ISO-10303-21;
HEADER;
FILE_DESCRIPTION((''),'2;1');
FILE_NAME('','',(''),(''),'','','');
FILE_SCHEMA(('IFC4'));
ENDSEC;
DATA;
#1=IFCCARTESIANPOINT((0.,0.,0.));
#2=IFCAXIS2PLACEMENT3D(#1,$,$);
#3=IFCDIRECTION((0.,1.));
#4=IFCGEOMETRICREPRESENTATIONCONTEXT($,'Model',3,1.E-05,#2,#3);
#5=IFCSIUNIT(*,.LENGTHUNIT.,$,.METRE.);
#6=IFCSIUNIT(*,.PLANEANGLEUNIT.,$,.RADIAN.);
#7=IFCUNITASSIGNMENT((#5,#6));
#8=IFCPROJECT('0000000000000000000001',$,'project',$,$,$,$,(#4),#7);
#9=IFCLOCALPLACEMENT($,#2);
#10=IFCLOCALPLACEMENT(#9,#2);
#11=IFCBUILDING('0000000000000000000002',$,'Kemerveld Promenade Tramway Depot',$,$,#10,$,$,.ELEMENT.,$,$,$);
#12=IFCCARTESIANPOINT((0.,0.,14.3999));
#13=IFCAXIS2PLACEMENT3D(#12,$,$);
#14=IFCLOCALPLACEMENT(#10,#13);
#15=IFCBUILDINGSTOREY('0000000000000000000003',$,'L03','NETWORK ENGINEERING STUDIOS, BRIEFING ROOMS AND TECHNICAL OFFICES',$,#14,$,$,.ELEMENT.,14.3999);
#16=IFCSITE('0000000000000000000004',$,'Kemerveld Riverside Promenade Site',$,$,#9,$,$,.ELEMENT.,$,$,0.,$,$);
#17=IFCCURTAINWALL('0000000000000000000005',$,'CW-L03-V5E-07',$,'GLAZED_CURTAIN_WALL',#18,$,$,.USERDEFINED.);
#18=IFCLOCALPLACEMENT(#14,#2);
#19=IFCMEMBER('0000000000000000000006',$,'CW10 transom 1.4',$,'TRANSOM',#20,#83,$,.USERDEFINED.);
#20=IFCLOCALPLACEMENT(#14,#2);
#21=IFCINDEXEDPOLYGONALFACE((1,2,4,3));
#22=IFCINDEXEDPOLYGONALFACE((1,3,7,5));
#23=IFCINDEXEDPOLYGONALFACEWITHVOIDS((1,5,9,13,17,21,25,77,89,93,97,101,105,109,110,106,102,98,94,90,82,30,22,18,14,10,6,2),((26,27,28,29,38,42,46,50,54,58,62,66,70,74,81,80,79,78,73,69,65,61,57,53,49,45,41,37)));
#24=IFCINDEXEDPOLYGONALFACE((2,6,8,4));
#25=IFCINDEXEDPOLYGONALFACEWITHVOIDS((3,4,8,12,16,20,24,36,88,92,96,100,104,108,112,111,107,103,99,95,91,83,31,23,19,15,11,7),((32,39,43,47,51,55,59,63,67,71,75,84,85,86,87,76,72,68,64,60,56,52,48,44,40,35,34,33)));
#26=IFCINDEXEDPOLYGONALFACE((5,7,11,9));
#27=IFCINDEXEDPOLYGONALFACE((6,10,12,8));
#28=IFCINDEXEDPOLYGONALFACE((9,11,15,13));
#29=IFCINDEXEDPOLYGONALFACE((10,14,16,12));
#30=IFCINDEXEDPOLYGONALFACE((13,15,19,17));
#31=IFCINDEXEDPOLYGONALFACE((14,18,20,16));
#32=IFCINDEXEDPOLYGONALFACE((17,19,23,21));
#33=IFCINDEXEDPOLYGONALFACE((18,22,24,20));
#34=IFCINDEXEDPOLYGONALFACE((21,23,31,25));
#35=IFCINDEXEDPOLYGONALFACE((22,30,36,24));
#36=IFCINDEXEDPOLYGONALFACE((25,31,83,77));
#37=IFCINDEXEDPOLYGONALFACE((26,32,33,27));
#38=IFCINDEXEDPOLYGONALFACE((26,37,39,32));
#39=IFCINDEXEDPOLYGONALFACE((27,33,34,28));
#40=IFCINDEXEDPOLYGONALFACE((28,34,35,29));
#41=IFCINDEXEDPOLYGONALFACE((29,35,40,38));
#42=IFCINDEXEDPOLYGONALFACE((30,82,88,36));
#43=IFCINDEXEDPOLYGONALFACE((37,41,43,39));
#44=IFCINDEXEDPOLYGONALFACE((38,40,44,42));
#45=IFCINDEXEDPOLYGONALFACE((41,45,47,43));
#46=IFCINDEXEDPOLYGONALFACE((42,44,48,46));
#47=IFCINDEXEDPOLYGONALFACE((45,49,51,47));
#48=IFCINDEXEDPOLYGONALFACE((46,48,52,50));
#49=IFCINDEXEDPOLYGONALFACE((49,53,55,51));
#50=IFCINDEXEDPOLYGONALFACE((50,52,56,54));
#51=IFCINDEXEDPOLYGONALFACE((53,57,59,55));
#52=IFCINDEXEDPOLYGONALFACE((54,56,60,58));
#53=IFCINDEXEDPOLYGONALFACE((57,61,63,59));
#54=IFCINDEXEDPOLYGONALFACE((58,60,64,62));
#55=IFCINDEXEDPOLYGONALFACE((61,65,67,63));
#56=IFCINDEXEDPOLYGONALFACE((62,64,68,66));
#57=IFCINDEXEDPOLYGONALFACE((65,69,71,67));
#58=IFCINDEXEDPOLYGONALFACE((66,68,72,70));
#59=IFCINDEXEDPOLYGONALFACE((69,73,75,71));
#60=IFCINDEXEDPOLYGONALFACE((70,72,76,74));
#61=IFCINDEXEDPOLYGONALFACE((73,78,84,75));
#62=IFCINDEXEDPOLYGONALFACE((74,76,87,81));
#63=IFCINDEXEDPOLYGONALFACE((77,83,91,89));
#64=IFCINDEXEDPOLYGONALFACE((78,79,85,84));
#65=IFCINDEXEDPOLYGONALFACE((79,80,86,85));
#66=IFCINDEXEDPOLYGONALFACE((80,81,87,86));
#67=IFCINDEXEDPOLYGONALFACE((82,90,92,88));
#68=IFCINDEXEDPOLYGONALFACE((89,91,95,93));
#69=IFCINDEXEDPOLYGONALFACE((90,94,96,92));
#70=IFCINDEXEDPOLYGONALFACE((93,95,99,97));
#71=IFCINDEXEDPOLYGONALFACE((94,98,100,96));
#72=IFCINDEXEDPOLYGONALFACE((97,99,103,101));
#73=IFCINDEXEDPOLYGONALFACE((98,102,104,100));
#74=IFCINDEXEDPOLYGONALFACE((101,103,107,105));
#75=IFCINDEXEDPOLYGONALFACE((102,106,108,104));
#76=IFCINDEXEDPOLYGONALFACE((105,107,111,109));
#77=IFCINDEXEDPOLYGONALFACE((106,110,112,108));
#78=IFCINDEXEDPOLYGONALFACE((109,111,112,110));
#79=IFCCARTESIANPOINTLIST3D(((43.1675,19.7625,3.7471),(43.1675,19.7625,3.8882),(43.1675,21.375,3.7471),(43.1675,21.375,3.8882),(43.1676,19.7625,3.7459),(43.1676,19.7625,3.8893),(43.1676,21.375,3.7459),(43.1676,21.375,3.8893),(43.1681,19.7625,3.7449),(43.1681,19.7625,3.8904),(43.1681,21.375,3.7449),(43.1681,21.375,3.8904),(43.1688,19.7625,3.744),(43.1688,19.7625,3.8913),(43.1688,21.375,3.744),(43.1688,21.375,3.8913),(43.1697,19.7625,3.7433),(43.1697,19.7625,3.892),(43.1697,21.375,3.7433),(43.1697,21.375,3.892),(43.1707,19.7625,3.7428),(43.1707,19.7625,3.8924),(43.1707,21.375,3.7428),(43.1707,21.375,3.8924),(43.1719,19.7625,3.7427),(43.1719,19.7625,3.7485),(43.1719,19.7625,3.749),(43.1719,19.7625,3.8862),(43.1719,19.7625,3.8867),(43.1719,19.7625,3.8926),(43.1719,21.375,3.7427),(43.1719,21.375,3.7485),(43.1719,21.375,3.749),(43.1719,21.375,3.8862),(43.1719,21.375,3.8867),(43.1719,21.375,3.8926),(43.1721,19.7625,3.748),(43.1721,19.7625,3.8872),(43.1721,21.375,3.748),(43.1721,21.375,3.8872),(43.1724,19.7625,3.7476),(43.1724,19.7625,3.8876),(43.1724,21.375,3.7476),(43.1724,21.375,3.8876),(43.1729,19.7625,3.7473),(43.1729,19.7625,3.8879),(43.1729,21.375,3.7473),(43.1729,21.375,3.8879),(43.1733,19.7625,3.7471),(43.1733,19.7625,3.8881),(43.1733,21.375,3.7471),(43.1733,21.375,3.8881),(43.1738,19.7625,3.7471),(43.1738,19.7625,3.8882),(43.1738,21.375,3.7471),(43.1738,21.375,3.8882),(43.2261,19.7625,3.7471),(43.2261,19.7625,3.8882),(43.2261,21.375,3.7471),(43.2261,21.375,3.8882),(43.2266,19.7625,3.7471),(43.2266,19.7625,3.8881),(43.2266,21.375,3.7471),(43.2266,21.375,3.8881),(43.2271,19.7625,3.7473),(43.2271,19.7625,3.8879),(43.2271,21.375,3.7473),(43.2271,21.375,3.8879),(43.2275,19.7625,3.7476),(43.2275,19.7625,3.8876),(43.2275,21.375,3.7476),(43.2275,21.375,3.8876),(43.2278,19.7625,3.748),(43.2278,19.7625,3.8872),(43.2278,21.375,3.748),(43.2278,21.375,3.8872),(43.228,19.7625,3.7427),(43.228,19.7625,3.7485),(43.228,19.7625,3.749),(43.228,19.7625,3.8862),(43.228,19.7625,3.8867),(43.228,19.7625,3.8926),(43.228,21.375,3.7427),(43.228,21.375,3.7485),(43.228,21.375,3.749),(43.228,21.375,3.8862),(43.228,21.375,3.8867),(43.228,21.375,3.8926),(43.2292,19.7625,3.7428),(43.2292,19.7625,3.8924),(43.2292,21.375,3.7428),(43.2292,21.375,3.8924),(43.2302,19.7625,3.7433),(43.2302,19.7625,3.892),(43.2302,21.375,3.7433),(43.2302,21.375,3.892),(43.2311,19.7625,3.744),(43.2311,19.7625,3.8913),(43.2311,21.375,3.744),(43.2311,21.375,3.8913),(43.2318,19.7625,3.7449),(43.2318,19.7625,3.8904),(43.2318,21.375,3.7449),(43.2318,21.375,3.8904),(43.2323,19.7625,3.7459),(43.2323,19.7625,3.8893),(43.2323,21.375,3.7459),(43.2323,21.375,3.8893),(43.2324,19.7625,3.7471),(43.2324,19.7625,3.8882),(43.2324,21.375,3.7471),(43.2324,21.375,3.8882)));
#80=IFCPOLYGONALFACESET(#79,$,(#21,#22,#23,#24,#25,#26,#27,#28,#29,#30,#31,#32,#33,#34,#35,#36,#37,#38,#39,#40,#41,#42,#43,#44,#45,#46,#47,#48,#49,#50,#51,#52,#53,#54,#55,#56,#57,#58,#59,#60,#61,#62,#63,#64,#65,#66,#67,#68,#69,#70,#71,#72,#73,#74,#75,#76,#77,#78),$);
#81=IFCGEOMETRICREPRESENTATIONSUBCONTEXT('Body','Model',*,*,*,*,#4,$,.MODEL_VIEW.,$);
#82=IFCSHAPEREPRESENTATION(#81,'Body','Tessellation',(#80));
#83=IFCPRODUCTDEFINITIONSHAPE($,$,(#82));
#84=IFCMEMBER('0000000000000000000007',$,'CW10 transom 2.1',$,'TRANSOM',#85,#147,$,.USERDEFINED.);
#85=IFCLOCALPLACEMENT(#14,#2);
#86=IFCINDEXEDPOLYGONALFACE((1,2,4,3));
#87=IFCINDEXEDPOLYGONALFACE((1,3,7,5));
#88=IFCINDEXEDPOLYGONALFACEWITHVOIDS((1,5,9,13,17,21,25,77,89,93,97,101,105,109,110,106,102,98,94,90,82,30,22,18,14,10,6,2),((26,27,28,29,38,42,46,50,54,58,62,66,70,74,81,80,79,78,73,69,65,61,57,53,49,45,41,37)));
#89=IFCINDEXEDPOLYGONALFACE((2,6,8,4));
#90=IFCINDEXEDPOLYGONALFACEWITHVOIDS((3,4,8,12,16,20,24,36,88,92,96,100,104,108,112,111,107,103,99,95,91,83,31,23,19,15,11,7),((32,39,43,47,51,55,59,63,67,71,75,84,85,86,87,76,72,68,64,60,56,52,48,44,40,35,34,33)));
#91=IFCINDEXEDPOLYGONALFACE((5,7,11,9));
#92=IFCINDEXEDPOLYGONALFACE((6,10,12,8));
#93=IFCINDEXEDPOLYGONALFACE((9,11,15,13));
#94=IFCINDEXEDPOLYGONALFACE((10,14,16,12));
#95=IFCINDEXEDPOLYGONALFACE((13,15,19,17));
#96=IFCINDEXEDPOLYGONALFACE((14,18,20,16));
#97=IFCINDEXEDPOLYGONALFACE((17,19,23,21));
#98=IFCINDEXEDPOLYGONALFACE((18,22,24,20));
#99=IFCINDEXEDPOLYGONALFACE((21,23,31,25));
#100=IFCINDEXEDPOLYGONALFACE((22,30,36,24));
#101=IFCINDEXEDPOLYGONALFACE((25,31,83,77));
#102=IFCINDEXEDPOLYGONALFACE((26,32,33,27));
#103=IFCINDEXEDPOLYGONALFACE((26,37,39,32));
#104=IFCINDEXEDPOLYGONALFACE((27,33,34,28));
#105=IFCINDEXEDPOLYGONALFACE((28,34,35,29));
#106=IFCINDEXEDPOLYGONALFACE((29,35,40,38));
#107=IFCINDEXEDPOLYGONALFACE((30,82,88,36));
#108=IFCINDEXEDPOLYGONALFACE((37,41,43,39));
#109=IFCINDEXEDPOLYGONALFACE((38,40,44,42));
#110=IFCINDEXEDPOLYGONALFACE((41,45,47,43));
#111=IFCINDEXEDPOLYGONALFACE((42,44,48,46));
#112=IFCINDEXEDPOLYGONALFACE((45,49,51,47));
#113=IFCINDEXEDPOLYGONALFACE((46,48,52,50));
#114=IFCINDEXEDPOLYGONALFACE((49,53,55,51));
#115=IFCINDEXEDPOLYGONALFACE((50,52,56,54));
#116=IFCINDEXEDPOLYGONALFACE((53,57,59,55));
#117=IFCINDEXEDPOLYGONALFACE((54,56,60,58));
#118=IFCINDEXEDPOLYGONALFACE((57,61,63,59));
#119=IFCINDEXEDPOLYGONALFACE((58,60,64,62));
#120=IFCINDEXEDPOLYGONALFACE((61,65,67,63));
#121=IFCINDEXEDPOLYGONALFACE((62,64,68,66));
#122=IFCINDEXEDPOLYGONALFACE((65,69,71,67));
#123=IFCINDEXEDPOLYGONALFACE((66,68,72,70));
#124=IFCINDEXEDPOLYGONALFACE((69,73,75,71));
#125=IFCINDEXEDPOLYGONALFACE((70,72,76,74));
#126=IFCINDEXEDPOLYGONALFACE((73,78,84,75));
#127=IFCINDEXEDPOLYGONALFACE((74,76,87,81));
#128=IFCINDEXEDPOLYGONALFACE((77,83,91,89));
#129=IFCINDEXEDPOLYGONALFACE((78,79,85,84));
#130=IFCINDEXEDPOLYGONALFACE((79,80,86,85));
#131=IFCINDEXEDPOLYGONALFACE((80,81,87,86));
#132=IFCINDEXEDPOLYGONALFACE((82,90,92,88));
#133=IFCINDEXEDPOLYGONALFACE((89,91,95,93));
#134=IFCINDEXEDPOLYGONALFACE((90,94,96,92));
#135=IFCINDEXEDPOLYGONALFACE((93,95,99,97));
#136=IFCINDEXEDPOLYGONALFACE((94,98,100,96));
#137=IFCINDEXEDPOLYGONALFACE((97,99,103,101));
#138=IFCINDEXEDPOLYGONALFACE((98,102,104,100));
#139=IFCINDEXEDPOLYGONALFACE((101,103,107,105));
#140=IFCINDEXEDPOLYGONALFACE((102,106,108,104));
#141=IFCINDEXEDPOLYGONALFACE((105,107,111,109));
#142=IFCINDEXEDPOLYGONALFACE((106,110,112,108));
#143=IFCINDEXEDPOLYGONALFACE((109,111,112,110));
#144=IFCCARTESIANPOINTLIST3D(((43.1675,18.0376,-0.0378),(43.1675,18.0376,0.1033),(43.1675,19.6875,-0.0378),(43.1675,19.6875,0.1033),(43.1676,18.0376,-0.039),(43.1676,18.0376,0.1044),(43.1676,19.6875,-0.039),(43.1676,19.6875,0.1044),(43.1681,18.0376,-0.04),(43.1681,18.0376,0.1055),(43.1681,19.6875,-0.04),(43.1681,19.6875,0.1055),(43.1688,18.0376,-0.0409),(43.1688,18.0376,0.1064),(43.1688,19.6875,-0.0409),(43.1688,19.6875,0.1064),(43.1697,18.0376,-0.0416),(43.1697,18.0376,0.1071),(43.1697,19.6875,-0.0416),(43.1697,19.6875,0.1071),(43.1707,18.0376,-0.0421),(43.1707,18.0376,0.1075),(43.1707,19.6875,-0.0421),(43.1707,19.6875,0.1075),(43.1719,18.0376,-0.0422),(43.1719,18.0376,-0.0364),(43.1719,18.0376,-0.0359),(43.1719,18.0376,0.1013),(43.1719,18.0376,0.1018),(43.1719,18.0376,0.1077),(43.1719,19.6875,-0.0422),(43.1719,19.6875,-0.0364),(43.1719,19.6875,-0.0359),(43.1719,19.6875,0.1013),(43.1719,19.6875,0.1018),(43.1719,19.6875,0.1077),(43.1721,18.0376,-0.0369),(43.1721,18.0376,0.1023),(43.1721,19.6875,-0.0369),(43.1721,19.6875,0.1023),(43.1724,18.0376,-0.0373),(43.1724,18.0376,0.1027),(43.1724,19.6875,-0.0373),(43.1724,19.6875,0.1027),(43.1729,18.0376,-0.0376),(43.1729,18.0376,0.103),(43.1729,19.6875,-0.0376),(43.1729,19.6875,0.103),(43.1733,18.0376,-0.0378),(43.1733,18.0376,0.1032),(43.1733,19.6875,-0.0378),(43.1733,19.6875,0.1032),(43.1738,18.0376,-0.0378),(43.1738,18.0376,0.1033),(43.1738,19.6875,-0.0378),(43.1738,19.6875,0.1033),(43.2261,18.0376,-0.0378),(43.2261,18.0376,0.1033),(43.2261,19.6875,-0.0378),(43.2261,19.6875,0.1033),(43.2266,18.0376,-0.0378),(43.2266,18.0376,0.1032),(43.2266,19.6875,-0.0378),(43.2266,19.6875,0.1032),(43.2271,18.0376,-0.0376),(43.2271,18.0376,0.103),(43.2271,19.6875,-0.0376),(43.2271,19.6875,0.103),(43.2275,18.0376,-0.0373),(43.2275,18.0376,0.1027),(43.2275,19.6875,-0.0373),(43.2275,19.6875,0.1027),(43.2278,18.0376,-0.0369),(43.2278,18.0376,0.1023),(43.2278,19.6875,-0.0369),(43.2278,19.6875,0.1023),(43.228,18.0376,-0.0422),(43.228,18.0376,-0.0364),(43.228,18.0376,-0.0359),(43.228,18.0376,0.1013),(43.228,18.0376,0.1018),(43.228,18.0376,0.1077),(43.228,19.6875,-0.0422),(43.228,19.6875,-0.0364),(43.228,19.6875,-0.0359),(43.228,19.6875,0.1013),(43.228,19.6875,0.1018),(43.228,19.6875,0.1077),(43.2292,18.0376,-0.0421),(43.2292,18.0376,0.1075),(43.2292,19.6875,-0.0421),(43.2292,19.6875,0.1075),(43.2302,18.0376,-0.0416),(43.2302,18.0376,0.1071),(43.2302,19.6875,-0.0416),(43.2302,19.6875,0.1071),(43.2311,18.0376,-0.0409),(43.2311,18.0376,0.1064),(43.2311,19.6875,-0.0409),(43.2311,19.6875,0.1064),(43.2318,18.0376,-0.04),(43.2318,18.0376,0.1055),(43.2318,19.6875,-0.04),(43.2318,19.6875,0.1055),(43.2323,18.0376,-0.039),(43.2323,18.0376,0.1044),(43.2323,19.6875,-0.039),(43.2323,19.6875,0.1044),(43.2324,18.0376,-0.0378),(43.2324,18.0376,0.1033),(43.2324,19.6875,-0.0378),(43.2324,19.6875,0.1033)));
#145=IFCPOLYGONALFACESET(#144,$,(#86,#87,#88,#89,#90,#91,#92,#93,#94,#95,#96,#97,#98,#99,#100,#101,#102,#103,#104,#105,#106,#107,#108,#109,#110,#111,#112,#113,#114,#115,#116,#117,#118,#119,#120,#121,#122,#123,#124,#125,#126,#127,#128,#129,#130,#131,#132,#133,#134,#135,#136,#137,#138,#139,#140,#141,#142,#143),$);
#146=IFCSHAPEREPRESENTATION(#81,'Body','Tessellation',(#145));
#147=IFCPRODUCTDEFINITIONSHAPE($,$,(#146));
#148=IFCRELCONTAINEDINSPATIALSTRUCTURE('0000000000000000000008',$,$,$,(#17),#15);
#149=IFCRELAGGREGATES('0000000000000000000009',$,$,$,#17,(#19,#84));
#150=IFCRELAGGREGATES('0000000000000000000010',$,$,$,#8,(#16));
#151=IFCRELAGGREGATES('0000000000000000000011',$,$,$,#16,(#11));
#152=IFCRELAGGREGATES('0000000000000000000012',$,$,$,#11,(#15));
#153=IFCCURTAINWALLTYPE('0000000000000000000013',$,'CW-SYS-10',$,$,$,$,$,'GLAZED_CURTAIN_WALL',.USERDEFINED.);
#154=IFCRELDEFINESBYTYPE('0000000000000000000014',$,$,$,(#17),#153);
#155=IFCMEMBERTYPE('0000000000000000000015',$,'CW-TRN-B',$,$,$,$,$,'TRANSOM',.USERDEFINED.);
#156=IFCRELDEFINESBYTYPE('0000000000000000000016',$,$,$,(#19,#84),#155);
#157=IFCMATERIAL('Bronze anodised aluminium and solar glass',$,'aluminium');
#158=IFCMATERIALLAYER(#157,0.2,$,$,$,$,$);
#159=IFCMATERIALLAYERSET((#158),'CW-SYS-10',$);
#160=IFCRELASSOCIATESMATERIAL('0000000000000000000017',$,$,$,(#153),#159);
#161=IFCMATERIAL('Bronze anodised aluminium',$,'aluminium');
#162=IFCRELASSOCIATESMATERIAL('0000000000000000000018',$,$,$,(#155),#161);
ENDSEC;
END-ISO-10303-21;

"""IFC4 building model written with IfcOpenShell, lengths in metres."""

from ifc_helpers import new_model, si_unit, direction, frame, origin, origin_2d, place, context, subcontext, project, spatial, hollow_rectangle, extrude, material, layer, layer_set, material_profile, profile_set, type_object, element, aggregate, save


model = new_model("IFC4")

# Units and contexts
model_context = context("Model", 3, precision=1e-05, world=origin(), true_north=direction((0.0, 1.0)))
body_context = subcontext(model_context, "Body", "Model", "MODEL_VIEW")
ifc_project = project(units=[si_unit("LENGTHUNIT", "METRE"), si_unit("PLANEANGLEUNIT", "RADIAN")], contexts=[model_context])

# Site, building, storey
site_placement = place(None, origin())
site = spatial("IfcSite", under=ifc_project, at=site_placement, Name="Kemerveld Riverside Promenade Site", CompositionType="ELEMENT", RefElevation=0.0)
building_placement = place(site_placement, origin())
building = spatial("IfcBuilding", under=site, at=building_placement, Name="Kemerveld Promenade Tramway Depot", CompositionType="ELEMENT")
storey_placement = place(building_placement, frame((0.0, 0.0, 14.3999)))
storey = spatial("IfcBuildingStorey", under=building, at=storey_placement, Name="L03", Description="NETWORK ENGINEERING STUDIOS, BRIEFING ROOMS AND TECHNICAL OFFICES", CompositionType="ELEMENT", Elevation=14.3999)

# Curtain wall, members
ifc_material_1 = material(Name="Bronze anodised aluminium and solar glass", Category="aluminium")
ifc_layer_1 = layer(ifc_material_1, 0.2)
ifc_layer_set_1 = layer_set([ifc_layer_1], Name="CW-SYS-10")
curtain_wall_type = type_object("IfcCurtainWallType", Name="CW-SYS-10", ElementType="GLAZED_CURTAIN_WALL", PredefinedType="USERDEFINED", material=ifc_layer_set_1)
curtain_wall_placement = place(storey_placement, origin())
curtain_wall = element("IfcCurtainWall", 1, at=curtain_wall_placement, inside=storey, type_object=curtain_wall_type, Name="CW-L03-V5E-07", ObjectType="GLAZED_CURTAIN_WALL", PredefinedType="USERDEFINED")
ifc_material_2 = material(Name="Bronze anodised aluminium", Category="aluminium")
ifc_material_profile_1 = material_profile(ifc_material_2, hollow_rectangle(XDim=0.0649, YDim=0.1499, WallThickness=0.0044, InnerFilletRadius=0.002, OuterFilletRadius=0.0044, at=origin_2d()), Name="CW-TRN-150x65")
ifc_profile_set_1 = profile_set([ifc_material_profile_1], Name="Bronze anodised aluminium")
member_type_1 = type_object("IfcMemberType", Name="CW-TRN-B", ElementType="TRANSOM", PredefinedType="USERDEFINED", material=ifc_profile_set_1)
member_1_placement = place(storey_placement, frame((43.2, 21.375, 3.8176), z_axis=(0.0, -1.0, 0.0), x_axis=(1.0, 0.0, 0.0)))
member_1 = element("IfcMember", 2, at=member_1_placement, type_object=member_type_1, Name="CW10 transom 1.4", ObjectType="TRANSOM", PredefinedType="USERDEFINED", context=body_context, shape_type="SweptSolid", body=[
    extrude(hollow_rectangle(XDim=0.0649, YDim=0.1499, WallThickness=0.0044, InnerFilletRadius=0.002, OuterFilletRadius=0.0044, at=origin_2d()), origin(), (0.0, 0.0, 1.0), 1.6125),
])
member_2_placement = place(storey_placement, frame((43.2, 19.6875, 0.0327), z_axis=(0.0, -1.0, 0.0), x_axis=(1.0, 0.0, 0.0)))
member_2 = element("IfcMember", 3, at=member_2_placement, type_object=member_type_1, Name="CW10 transom 2.1", ObjectType="TRANSOM", PredefinedType="USERDEFINED", context=body_context, shape_type="SweptSolid", body=[
    extrude(hollow_rectangle(XDim=0.0649, YDim=0.1499, WallThickness=0.0044, InnerFilletRadius=0.002, OuterFilletRadius=0.0044, at=origin_2d()), origin(), (0.0, 0.0, 1.0), 1.6499),
])
aggregate(curtain_wall, [member_1, member_2])

save(model, "model.ifc")
